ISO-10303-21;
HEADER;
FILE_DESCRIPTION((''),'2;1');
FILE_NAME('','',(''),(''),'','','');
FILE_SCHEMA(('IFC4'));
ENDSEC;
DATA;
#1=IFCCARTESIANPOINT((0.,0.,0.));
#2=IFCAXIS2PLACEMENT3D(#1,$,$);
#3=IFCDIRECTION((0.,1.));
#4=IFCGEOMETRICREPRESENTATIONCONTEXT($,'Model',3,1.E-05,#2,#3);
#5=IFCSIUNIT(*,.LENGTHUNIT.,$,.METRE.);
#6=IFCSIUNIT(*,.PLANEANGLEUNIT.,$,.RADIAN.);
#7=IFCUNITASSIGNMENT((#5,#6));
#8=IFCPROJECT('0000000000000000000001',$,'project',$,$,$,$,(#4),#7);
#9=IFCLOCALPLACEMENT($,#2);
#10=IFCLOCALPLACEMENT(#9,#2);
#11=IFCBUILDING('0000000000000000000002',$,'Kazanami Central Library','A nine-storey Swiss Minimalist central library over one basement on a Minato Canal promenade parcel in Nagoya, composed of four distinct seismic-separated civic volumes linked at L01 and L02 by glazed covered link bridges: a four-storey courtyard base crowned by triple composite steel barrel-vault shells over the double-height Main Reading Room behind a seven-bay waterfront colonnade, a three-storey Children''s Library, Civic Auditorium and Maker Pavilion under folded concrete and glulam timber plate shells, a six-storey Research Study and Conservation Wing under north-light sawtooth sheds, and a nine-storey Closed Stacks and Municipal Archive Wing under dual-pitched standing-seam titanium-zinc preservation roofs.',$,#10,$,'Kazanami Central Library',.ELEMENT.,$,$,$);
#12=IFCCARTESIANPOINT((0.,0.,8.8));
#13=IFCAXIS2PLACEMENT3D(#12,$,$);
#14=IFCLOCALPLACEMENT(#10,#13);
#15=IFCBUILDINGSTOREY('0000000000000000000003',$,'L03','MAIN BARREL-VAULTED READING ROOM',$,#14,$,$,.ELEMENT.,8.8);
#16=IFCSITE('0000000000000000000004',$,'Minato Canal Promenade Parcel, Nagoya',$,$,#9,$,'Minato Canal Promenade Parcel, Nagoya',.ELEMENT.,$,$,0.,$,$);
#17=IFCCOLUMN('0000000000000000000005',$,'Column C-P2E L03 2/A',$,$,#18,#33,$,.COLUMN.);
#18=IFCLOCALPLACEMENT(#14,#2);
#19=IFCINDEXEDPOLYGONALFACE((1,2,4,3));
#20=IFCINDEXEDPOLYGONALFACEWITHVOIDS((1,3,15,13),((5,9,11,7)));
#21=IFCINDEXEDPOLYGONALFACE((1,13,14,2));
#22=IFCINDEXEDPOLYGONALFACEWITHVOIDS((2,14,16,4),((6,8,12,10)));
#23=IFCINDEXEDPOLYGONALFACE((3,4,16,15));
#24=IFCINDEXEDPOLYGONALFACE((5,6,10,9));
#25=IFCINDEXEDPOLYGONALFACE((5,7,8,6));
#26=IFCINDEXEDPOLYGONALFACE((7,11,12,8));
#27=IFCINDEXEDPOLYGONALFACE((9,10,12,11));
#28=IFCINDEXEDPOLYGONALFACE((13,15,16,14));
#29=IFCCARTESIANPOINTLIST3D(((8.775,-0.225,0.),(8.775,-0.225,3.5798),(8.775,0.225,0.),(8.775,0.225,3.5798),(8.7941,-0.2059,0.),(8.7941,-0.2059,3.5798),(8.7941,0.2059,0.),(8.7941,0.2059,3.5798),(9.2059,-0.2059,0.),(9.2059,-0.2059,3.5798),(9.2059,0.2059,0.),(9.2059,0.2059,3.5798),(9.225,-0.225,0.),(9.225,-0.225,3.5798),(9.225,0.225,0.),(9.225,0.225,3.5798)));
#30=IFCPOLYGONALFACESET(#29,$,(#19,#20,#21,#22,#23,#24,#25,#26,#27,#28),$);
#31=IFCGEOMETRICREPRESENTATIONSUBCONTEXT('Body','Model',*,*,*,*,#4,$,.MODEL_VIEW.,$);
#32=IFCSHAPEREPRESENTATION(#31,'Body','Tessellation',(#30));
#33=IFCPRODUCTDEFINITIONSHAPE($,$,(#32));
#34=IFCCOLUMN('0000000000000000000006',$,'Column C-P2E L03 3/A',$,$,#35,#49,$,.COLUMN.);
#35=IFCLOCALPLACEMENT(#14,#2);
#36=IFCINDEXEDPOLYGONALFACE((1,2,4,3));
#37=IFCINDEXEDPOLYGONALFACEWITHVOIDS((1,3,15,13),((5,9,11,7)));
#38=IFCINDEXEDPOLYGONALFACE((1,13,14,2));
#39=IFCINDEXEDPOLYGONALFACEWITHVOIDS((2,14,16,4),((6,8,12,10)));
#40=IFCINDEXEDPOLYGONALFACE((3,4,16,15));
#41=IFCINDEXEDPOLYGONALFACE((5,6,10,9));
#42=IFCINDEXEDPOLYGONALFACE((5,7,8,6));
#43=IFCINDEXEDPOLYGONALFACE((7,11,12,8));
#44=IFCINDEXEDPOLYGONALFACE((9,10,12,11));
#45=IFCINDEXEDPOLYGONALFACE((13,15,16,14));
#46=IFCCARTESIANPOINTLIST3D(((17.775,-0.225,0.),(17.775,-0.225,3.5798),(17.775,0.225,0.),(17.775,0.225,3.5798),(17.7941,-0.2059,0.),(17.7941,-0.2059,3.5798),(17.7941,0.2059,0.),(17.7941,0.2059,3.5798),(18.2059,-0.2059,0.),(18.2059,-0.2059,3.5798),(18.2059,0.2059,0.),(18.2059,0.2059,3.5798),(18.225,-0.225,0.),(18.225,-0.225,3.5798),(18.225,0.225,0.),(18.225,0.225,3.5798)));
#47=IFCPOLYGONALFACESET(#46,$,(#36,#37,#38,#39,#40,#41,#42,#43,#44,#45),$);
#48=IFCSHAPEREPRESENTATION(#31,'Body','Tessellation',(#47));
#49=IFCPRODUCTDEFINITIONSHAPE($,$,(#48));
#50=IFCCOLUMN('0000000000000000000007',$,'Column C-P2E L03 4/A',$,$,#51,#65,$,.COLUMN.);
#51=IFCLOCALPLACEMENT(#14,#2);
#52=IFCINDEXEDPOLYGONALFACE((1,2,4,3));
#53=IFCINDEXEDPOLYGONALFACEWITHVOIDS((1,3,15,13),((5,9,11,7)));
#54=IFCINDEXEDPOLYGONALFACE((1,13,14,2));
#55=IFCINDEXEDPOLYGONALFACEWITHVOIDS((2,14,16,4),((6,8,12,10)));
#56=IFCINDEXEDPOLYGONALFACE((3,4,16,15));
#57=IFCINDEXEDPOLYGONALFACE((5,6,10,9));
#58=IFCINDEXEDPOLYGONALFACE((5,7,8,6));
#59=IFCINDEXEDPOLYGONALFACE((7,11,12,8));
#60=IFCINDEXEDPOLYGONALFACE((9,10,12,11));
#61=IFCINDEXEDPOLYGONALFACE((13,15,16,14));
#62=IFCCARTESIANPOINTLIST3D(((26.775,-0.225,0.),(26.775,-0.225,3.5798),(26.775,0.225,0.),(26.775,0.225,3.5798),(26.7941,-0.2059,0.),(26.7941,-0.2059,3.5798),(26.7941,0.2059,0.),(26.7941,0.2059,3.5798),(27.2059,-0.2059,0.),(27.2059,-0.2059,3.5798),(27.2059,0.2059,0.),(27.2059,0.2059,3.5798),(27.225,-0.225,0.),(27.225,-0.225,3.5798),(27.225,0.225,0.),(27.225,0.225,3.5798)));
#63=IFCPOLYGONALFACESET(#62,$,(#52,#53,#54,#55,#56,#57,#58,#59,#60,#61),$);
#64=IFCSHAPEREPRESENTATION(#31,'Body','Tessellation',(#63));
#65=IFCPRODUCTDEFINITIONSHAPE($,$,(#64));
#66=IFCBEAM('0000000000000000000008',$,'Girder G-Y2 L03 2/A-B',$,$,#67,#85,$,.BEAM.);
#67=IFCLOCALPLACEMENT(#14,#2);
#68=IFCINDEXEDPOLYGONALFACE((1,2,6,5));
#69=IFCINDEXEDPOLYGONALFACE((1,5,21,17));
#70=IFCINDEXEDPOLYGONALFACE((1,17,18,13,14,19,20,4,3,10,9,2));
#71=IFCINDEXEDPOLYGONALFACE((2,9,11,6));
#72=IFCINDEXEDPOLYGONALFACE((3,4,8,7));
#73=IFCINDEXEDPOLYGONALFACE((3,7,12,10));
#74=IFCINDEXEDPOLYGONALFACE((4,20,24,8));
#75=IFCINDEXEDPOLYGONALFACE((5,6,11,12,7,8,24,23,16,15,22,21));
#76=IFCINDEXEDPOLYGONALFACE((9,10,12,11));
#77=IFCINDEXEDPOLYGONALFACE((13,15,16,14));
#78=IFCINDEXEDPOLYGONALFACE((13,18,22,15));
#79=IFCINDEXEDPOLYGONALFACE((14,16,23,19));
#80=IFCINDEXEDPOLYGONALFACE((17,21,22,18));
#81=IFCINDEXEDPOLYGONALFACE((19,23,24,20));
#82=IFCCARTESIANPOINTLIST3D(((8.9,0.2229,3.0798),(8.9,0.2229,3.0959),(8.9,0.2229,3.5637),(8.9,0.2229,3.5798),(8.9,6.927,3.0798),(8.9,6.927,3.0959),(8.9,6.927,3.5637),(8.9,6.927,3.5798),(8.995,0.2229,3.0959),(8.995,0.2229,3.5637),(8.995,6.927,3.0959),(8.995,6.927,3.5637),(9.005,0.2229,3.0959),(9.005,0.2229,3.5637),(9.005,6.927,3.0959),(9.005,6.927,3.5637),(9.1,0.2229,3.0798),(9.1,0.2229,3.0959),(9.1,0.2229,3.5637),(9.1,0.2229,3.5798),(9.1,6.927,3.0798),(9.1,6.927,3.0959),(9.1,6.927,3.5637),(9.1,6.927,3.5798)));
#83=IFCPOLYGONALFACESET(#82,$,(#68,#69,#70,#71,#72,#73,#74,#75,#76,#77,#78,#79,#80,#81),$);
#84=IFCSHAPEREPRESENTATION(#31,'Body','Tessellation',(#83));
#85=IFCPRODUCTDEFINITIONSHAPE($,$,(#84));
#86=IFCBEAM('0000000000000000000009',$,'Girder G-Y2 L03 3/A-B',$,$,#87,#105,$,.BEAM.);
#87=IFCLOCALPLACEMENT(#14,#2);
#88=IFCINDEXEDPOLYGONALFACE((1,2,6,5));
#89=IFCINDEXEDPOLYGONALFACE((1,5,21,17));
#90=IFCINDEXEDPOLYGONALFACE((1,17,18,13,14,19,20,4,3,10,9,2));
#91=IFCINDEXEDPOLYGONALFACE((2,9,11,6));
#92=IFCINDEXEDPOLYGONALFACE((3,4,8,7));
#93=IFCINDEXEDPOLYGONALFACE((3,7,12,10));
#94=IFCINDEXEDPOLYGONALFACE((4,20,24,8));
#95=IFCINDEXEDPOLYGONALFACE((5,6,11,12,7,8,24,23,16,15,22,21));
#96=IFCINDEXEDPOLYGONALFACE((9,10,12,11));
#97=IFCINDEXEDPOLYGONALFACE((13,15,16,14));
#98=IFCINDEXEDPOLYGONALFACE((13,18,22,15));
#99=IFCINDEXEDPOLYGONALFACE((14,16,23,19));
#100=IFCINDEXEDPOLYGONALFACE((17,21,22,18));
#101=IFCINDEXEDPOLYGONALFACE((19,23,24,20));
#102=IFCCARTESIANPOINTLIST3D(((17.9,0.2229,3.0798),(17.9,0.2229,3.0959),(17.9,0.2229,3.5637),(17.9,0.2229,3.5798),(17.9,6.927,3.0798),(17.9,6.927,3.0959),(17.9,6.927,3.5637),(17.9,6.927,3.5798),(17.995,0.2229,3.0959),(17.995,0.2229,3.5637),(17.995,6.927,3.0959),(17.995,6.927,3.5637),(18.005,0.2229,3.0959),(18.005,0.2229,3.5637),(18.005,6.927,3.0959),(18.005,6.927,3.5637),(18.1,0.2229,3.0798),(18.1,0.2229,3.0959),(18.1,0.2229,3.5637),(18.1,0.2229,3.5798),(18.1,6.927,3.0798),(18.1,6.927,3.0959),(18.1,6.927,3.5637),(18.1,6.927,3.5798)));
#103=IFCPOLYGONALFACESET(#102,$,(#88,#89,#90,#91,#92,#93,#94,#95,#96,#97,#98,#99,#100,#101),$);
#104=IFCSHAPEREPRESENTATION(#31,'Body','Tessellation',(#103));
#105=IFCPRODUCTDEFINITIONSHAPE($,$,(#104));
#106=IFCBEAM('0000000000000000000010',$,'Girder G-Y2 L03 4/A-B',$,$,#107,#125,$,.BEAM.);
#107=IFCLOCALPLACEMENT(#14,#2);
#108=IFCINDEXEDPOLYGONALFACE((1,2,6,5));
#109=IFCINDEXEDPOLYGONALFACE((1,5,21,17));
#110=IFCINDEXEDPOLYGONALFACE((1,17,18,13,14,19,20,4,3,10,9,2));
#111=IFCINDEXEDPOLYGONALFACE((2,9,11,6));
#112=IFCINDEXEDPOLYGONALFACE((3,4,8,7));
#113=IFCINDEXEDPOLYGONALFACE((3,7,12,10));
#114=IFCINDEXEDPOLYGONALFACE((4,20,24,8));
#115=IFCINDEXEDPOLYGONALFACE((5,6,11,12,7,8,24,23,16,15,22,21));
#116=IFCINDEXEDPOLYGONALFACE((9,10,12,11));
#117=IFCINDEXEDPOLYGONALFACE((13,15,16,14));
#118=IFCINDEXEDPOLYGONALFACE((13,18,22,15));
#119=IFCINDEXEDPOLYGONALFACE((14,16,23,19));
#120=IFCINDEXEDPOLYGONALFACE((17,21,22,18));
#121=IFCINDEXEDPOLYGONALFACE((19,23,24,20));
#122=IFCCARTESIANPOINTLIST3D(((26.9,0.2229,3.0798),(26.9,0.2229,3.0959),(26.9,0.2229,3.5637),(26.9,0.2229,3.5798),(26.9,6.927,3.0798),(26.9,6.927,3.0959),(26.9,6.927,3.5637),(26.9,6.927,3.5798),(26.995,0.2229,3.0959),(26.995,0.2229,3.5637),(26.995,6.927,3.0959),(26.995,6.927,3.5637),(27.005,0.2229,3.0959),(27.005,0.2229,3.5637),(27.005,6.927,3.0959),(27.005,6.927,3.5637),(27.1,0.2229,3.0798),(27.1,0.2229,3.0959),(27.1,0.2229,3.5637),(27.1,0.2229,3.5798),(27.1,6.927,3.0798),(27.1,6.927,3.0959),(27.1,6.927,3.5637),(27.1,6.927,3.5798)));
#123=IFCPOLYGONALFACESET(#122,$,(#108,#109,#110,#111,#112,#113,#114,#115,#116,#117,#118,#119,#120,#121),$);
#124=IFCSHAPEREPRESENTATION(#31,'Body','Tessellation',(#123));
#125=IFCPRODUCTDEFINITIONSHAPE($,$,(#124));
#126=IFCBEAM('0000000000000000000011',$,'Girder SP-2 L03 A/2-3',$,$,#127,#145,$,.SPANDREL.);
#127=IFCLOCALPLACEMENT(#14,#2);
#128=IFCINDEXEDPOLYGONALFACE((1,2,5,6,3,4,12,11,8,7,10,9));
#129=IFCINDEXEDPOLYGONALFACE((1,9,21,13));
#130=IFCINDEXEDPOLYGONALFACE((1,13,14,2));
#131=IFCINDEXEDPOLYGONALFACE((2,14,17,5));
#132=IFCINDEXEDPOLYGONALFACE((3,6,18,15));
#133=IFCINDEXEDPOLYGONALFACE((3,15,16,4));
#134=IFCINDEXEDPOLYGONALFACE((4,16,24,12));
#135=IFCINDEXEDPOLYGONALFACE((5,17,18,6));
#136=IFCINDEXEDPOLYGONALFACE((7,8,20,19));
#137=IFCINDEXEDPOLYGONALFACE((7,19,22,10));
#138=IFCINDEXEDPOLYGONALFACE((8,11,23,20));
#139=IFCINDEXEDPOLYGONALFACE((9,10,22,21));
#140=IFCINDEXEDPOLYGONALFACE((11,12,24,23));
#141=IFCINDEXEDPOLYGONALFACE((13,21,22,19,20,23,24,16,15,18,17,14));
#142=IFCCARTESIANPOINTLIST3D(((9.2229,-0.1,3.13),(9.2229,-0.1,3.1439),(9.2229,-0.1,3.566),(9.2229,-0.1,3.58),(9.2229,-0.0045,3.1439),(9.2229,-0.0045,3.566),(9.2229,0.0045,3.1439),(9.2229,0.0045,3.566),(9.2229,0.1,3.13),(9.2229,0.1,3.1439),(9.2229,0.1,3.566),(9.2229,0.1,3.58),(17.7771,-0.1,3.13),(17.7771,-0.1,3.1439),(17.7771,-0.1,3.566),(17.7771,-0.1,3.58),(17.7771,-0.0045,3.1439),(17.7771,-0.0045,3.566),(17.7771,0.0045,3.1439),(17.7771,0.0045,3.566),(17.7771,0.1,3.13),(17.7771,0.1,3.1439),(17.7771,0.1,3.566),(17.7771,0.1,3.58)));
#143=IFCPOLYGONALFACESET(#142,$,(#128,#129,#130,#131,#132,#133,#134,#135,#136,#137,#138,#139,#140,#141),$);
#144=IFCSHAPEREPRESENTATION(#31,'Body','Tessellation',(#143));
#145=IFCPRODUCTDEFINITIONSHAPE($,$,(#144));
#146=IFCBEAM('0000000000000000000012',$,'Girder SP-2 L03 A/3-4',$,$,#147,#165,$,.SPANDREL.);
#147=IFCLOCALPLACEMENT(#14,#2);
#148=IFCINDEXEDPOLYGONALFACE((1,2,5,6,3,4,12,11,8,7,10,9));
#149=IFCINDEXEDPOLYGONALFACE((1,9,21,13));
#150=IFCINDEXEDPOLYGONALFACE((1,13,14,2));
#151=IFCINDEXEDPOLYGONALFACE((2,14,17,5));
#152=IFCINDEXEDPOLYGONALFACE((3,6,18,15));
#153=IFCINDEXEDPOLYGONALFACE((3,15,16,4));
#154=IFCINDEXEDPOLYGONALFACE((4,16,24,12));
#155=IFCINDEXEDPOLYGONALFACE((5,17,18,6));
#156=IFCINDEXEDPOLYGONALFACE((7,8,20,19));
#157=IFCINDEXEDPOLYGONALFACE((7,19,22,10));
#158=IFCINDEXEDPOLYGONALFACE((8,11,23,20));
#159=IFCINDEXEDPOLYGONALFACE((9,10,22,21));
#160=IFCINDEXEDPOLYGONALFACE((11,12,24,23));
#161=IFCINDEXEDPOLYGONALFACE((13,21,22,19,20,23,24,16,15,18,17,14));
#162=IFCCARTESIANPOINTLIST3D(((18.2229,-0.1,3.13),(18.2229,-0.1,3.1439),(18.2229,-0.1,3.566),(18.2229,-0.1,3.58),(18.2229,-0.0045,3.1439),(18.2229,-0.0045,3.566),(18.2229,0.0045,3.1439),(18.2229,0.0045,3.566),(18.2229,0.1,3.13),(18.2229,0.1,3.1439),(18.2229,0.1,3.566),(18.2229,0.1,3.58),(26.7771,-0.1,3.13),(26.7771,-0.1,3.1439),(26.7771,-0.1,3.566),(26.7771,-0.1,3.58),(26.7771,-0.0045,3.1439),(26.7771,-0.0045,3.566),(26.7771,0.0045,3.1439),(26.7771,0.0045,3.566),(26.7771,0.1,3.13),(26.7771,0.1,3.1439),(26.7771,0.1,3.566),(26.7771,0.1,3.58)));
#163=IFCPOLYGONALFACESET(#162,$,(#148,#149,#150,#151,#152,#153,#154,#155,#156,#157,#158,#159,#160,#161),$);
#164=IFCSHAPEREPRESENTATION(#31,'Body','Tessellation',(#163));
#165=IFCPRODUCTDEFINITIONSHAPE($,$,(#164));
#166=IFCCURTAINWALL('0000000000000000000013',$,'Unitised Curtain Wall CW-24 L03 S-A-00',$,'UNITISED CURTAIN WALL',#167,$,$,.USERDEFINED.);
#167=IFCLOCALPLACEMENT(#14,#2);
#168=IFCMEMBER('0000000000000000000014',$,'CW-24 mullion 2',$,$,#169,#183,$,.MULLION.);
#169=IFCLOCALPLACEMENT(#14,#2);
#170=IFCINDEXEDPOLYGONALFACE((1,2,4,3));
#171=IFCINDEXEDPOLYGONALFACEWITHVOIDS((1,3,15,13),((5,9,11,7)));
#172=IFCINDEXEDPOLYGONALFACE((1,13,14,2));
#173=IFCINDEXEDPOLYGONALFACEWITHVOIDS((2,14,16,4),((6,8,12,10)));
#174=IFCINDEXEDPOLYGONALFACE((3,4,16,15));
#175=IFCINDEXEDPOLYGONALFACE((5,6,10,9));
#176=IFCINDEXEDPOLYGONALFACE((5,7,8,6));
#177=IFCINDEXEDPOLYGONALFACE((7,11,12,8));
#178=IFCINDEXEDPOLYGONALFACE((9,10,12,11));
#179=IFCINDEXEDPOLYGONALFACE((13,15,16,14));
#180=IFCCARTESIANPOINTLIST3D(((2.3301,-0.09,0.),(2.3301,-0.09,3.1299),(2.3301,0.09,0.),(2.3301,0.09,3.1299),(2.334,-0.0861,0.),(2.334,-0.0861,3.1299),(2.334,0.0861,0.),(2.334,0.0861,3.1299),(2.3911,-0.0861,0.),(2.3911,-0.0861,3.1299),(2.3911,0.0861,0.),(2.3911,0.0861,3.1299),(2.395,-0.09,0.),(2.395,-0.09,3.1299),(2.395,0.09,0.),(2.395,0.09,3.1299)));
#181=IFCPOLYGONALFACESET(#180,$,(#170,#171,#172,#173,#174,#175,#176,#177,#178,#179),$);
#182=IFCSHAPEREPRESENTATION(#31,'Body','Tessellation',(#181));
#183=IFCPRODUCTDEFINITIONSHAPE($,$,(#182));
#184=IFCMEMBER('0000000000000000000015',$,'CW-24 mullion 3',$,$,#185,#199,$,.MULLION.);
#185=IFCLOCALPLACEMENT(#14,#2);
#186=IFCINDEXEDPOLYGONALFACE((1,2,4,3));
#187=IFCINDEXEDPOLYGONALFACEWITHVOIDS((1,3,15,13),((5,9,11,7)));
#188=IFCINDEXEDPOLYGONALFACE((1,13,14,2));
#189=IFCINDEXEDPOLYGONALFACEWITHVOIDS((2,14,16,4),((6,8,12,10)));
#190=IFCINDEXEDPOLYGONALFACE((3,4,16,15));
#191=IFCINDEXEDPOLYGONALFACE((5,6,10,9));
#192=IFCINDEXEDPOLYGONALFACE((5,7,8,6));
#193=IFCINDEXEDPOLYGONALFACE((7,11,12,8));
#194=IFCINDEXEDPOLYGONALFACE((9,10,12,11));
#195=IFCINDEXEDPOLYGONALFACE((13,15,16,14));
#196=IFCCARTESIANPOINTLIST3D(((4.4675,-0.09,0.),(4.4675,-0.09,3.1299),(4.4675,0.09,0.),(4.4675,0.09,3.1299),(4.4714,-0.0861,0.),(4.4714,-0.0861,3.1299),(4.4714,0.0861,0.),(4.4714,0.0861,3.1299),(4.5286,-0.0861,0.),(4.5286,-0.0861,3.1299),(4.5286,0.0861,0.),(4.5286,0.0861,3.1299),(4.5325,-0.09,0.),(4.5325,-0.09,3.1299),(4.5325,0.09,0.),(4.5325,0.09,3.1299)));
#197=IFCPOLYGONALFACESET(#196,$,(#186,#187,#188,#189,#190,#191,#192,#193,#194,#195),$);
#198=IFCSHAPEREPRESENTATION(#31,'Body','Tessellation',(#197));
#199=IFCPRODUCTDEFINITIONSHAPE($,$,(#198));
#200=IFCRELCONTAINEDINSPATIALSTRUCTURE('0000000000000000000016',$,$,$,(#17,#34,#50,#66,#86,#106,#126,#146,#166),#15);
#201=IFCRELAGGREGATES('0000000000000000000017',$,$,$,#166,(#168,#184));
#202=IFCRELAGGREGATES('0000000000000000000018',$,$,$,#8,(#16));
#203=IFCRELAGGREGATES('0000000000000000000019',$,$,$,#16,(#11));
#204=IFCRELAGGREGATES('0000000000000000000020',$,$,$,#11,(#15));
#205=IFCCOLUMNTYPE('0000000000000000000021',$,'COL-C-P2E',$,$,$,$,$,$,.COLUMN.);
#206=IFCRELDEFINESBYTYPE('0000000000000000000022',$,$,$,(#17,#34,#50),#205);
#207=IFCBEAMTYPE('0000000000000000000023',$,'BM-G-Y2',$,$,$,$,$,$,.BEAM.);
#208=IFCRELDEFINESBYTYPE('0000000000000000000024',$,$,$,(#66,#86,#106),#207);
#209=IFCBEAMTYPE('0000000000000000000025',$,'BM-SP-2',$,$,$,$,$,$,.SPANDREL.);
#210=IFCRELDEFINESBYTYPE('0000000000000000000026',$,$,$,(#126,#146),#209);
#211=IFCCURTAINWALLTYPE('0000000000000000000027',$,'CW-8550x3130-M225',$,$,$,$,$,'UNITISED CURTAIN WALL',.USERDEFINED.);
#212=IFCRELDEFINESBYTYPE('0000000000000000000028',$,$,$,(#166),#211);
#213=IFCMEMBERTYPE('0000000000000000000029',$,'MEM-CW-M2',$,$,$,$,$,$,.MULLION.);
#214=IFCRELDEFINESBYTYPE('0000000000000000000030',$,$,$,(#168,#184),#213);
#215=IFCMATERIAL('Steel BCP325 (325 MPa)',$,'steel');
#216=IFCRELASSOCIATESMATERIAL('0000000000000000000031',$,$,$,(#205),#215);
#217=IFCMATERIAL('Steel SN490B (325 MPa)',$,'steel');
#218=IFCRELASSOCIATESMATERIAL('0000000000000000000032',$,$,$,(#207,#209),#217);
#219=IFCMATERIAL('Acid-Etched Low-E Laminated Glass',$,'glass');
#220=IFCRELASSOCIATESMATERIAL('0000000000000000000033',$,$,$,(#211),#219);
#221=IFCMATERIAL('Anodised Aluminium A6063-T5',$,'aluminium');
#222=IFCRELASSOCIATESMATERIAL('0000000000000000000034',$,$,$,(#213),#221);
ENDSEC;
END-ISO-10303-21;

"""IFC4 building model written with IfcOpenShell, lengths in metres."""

from ifc_helpers import new_model, si_unit, direction, frame, origin, origin_2d, place, context, subcontext, project, spatial, hollow_rectangle, i_section, extrude, material, material_profile, profile_set, type_object, element, aggregate, save


model = new_model("IFC4")

# Units and contexts
model_context = context("Model", 3, precision=1e-05, world=origin(), true_north=direction((0.0, 1.0)))
body_context = subcontext(model_context, "Body", "Model", "MODEL_VIEW")
ifc_project = project(units=[si_unit("LENGTHUNIT", "METRE"), si_unit("PLANEANGLEUNIT", "RADIAN")], contexts=[model_context])

# Site, building, storey
site_placement = place(None, origin())
site = spatial("IfcSite", under=ifc_project, at=site_placement, Name="Minato Canal Promenade Parcel, Nagoya", LongName="Minato Canal Promenade Parcel, Nagoya", CompositionType="ELEMENT", RefElevation=0.0)
building_placement = place(site_placement, origin())
building = spatial("IfcBuilding", under=site, at=building_placement, Name="Kazanami Central Library", Description="A nine-storey Swiss Minimalist central library over one basement on a Minato Canal promenade parcel in Nagoya, composed of four distinct seismic-separated civic volumes linked at L01 and L02 by glazed covered link bridges: a four-storey courtyard base crowned by triple composite steel barrel-vault shells over the double-height Main Reading Room behind a seven-bay waterfront colonnade, a three-storey Children's Library, Civic Auditorium and Maker Pavilion under folded concrete and glulam timber plate shells, a six-storey Research Study and Conservation Wing under north-light sawtooth sheds, and a nine-storey Closed Stacks and Municipal Archive Wing under dual-pitched standing-seam titanium-zinc preservation roofs.", LongName="Kazanami Central Library", CompositionType="ELEMENT")
storey_placement = place(building_placement, frame((0.0, 0.0, 8.8)))
storey = spatial("IfcBuildingStorey", under=building, at=storey_placement, Name="L03", Description="MAIN BARREL-VAULTED READING ROOM", CompositionType="ELEMENT", Elevation=8.8)

# Columns
ifc_material_1 = material(Name="Steel BCP325 (325 MPa)", Category="steel")
ifc_material_profile_1 = material_profile(ifc_material_1, hollow_rectangle(XDim=0.45, YDim=0.45, WallThickness=0.019, at=origin_2d()), Name="BCP-450x450x19")
ifc_profile_set_1 = profile_set([ifc_material_profile_1], Name="Steel BCP325 (325 MPa)")
column_type = type_object("IfcColumnType", Name="COL-C-P2E", PredefinedType="COLUMN", material=ifc_profile_set_1)
for number, where, z_axis, x_axis, name in (
    (1, (9.0, 0.0, 0.0), (0.0, 0.0, 1.0), (1.0, 0.0, 0.0), "Column C-P2E L03 2/A"),
    (2, (18.0, 0.0, 0.0), (0.0, 0.0, 1.0), (1.0, 0.0, 0.0), "Column C-P2E L03 3/A"),
    (3, (27.0, 0.0, 0.0), (0.0, 0.0, 1.0), (1.0, 0.0, 0.0), "Column C-P2E L03 4/A"),
):
    element("IfcColumn", number, at=place(storey_placement, frame(where, z_axis=z_axis, x_axis=x_axis)), inside=storey, type_object=column_type, Name=name, PredefinedType="COLUMN", context=body_context, shape_type="SweptSolid", body=[
        extrude(hollow_rectangle(XDim=0.45, YDim=0.45, WallThickness=0.019, at=origin_2d()), origin(), (0.0, 0.0, 1.0), 3.5798),
    ])

# Beams
ifc_material_2 = material(Name="Steel SN490B (325 MPa)", Category="steel")
ifc_material_profile_2 = material_profile(ifc_material_2, i_section(OverallWidth=0.2, OverallDepth=0.5, WebThickness=0.01, FlangeThickness=0.0161, at=origin_2d()), Name="H-500x200x10x16")
ifc_profile_set_2 = profile_set([ifc_material_profile_2], Name="Steel SN490B (325 MPa)")
beam_type_1 = type_object("IfcBeamType", Name="BM-G-Y2", PredefinedType="BEAM", material=ifc_profile_set_2)
for number, where, z_axis, x_axis, name in (
    (4, (9.0, 0.2229, 3.3298), (0.0, 1.0, 0.0), (-1.0, 0.0, 0.0), "Girder G-Y2 L03 2/A-B"),
    (5, (18.0, 0.2229, 3.3298), (0.0, 1.0, 0.0), (-1.0, 0.0, 0.0), "Girder G-Y2 L03 3/A-B"),
    (6, (27.0, 0.2229, 3.3298), (0.0, 1.0, 0.0), (-1.0, 0.0, 0.0), "Girder G-Y2 L03 4/A-B"),
):
    element("IfcBeam", number, at=place(storey_placement, frame(where, z_axis=z_axis, x_axis=x_axis)), inside=storey, type_object=beam_type_1, Name=name, PredefinedType="BEAM", context=body_context, shape_type="SweptSolid", body=[
        extrude(i_section(OverallWidth=0.2, OverallDepth=0.5, WebThickness=0.01, FlangeThickness=0.0161, at=origin_2d()), origin(), (0.0, 0.0, 1.0), 6.7041),
    ])
ifc_material_profile_3 = material_profile(ifc_material_2, i_section(OverallWidth=0.2, OverallDepth=0.45, WebThickness=0.009, FlangeThickness=0.0139, at=origin_2d()), Name="H-450x200x9x14")
ifc_profile_set_3 = profile_set([ifc_material_profile_3], Name="Steel SN490B (325 MPa)")
beam_type_2 = type_object("IfcBeamType", Name="BM-SP-2", PredefinedType="SPANDREL", material=ifc_profile_set_3)
for number, where, z_axis, x_axis, name in (
    (7, (9.2229, 0.0, 3.355), (1.0, 0.0, 0.0), (0.0, 1.0, 0.0), "Girder SP-2 L03 A/2-3"),
    (8, (18.2229, 0.0, 3.355), (1.0, 0.0, 0.0), (0.0, 1.0, 0.0), "Girder SP-2 L03 A/3-4"),
):
    element("IfcBeam", number, at=place(storey_placement, frame(where, z_axis=z_axis, x_axis=x_axis)), inside=storey, type_object=beam_type_2, Name=name, PredefinedType="SPANDREL", context=body_context, shape_type="SweptSolid", body=[
        extrude(i_section(OverallWidth=0.2, OverallDepth=0.45, WebThickness=0.009, FlangeThickness=0.0139, at=origin_2d()), origin(), (0.0, 0.0, 1.0), 8.5542),
    ])

# Curtain wall, members
ifc_material_3 = material(Name="Acid-Etched Low-E Laminated Glass", Category="glass")
curtain_wall_type = type_object("IfcCurtainWallType", Name="CW-8550x3130-M225", ElementType="UNITISED CURTAIN WALL", PredefinedType="USERDEFINED", material=ifc_material_3)
curtain_wall_placement = place(storey_placement, origin())
curtain_wall = element("IfcCurtainWall", 9, at=curtain_wall_placement, inside=storey, type_object=curtain_wall_type, Name="Unitised Curtain Wall CW-24 L03 S-A-00", ObjectType="UNITISED CURTAIN WALL", PredefinedType="USERDEFINED")
ifc_material_4 = material(Name="Anodised Aluminium A6063-T5", Category="aluminium")
ifc_material_profile_4 = material_profile(ifc_material_4, hollow_rectangle(XDim=0.0649, YDim=0.1799, WallThickness=0.0039, at=origin_2d()), Name="ALU-MULL-65x180x4")
ifc_profile_set_4 = profile_set([ifc_material_profile_4], Name="Anodised Aluminium A6063-T5")
member_type_1 = type_object("IfcMemberType", Name="MEM-CW-M2", PredefinedType="MULLION", material=ifc_profile_set_4)
member_1_placement = place(storey_placement, frame((2.3625, 0.0, 0.0), z_axis=(0.0, 0.0, 1.0), x_axis=(1.0, 0.0, 0.0)))
member_1 = element("IfcMember", 10, at=member_1_placement, type_object=member_type_1, Name="CW-24 mullion 2", PredefinedType="MULLION", context=body_context, shape_type="SweptSolid", body=[
    extrude(hollow_rectangle(XDim=0.0649, YDim=0.1799, WallThickness=0.0039, at=origin_2d()), origin(), (0.0, 0.0, 1.0), 3.1299),
])
member_2_placement = place(storey_placement, frame((4.5, 0.0, 0.0), z_axis=(0.0, 0.0, 1.0), x_axis=(1.0, 0.0, 0.0)))
member_2 = element("IfcMember", 11, at=member_2_placement, type_object=member_type_1, Name="CW-24 mullion 3", PredefinedType="MULLION", context=body_context, shape_type="SweptSolid", body=[
    extrude(hollow_rectangle(XDim=0.0649, YDim=0.1799, WallThickness=0.0039, at=origin_2d()), origin(), (0.0, 0.0, 1.0), 3.1299),
])

aggregate(curtain_wall, [member_1, member_2])

save(model, "model.ifc")
